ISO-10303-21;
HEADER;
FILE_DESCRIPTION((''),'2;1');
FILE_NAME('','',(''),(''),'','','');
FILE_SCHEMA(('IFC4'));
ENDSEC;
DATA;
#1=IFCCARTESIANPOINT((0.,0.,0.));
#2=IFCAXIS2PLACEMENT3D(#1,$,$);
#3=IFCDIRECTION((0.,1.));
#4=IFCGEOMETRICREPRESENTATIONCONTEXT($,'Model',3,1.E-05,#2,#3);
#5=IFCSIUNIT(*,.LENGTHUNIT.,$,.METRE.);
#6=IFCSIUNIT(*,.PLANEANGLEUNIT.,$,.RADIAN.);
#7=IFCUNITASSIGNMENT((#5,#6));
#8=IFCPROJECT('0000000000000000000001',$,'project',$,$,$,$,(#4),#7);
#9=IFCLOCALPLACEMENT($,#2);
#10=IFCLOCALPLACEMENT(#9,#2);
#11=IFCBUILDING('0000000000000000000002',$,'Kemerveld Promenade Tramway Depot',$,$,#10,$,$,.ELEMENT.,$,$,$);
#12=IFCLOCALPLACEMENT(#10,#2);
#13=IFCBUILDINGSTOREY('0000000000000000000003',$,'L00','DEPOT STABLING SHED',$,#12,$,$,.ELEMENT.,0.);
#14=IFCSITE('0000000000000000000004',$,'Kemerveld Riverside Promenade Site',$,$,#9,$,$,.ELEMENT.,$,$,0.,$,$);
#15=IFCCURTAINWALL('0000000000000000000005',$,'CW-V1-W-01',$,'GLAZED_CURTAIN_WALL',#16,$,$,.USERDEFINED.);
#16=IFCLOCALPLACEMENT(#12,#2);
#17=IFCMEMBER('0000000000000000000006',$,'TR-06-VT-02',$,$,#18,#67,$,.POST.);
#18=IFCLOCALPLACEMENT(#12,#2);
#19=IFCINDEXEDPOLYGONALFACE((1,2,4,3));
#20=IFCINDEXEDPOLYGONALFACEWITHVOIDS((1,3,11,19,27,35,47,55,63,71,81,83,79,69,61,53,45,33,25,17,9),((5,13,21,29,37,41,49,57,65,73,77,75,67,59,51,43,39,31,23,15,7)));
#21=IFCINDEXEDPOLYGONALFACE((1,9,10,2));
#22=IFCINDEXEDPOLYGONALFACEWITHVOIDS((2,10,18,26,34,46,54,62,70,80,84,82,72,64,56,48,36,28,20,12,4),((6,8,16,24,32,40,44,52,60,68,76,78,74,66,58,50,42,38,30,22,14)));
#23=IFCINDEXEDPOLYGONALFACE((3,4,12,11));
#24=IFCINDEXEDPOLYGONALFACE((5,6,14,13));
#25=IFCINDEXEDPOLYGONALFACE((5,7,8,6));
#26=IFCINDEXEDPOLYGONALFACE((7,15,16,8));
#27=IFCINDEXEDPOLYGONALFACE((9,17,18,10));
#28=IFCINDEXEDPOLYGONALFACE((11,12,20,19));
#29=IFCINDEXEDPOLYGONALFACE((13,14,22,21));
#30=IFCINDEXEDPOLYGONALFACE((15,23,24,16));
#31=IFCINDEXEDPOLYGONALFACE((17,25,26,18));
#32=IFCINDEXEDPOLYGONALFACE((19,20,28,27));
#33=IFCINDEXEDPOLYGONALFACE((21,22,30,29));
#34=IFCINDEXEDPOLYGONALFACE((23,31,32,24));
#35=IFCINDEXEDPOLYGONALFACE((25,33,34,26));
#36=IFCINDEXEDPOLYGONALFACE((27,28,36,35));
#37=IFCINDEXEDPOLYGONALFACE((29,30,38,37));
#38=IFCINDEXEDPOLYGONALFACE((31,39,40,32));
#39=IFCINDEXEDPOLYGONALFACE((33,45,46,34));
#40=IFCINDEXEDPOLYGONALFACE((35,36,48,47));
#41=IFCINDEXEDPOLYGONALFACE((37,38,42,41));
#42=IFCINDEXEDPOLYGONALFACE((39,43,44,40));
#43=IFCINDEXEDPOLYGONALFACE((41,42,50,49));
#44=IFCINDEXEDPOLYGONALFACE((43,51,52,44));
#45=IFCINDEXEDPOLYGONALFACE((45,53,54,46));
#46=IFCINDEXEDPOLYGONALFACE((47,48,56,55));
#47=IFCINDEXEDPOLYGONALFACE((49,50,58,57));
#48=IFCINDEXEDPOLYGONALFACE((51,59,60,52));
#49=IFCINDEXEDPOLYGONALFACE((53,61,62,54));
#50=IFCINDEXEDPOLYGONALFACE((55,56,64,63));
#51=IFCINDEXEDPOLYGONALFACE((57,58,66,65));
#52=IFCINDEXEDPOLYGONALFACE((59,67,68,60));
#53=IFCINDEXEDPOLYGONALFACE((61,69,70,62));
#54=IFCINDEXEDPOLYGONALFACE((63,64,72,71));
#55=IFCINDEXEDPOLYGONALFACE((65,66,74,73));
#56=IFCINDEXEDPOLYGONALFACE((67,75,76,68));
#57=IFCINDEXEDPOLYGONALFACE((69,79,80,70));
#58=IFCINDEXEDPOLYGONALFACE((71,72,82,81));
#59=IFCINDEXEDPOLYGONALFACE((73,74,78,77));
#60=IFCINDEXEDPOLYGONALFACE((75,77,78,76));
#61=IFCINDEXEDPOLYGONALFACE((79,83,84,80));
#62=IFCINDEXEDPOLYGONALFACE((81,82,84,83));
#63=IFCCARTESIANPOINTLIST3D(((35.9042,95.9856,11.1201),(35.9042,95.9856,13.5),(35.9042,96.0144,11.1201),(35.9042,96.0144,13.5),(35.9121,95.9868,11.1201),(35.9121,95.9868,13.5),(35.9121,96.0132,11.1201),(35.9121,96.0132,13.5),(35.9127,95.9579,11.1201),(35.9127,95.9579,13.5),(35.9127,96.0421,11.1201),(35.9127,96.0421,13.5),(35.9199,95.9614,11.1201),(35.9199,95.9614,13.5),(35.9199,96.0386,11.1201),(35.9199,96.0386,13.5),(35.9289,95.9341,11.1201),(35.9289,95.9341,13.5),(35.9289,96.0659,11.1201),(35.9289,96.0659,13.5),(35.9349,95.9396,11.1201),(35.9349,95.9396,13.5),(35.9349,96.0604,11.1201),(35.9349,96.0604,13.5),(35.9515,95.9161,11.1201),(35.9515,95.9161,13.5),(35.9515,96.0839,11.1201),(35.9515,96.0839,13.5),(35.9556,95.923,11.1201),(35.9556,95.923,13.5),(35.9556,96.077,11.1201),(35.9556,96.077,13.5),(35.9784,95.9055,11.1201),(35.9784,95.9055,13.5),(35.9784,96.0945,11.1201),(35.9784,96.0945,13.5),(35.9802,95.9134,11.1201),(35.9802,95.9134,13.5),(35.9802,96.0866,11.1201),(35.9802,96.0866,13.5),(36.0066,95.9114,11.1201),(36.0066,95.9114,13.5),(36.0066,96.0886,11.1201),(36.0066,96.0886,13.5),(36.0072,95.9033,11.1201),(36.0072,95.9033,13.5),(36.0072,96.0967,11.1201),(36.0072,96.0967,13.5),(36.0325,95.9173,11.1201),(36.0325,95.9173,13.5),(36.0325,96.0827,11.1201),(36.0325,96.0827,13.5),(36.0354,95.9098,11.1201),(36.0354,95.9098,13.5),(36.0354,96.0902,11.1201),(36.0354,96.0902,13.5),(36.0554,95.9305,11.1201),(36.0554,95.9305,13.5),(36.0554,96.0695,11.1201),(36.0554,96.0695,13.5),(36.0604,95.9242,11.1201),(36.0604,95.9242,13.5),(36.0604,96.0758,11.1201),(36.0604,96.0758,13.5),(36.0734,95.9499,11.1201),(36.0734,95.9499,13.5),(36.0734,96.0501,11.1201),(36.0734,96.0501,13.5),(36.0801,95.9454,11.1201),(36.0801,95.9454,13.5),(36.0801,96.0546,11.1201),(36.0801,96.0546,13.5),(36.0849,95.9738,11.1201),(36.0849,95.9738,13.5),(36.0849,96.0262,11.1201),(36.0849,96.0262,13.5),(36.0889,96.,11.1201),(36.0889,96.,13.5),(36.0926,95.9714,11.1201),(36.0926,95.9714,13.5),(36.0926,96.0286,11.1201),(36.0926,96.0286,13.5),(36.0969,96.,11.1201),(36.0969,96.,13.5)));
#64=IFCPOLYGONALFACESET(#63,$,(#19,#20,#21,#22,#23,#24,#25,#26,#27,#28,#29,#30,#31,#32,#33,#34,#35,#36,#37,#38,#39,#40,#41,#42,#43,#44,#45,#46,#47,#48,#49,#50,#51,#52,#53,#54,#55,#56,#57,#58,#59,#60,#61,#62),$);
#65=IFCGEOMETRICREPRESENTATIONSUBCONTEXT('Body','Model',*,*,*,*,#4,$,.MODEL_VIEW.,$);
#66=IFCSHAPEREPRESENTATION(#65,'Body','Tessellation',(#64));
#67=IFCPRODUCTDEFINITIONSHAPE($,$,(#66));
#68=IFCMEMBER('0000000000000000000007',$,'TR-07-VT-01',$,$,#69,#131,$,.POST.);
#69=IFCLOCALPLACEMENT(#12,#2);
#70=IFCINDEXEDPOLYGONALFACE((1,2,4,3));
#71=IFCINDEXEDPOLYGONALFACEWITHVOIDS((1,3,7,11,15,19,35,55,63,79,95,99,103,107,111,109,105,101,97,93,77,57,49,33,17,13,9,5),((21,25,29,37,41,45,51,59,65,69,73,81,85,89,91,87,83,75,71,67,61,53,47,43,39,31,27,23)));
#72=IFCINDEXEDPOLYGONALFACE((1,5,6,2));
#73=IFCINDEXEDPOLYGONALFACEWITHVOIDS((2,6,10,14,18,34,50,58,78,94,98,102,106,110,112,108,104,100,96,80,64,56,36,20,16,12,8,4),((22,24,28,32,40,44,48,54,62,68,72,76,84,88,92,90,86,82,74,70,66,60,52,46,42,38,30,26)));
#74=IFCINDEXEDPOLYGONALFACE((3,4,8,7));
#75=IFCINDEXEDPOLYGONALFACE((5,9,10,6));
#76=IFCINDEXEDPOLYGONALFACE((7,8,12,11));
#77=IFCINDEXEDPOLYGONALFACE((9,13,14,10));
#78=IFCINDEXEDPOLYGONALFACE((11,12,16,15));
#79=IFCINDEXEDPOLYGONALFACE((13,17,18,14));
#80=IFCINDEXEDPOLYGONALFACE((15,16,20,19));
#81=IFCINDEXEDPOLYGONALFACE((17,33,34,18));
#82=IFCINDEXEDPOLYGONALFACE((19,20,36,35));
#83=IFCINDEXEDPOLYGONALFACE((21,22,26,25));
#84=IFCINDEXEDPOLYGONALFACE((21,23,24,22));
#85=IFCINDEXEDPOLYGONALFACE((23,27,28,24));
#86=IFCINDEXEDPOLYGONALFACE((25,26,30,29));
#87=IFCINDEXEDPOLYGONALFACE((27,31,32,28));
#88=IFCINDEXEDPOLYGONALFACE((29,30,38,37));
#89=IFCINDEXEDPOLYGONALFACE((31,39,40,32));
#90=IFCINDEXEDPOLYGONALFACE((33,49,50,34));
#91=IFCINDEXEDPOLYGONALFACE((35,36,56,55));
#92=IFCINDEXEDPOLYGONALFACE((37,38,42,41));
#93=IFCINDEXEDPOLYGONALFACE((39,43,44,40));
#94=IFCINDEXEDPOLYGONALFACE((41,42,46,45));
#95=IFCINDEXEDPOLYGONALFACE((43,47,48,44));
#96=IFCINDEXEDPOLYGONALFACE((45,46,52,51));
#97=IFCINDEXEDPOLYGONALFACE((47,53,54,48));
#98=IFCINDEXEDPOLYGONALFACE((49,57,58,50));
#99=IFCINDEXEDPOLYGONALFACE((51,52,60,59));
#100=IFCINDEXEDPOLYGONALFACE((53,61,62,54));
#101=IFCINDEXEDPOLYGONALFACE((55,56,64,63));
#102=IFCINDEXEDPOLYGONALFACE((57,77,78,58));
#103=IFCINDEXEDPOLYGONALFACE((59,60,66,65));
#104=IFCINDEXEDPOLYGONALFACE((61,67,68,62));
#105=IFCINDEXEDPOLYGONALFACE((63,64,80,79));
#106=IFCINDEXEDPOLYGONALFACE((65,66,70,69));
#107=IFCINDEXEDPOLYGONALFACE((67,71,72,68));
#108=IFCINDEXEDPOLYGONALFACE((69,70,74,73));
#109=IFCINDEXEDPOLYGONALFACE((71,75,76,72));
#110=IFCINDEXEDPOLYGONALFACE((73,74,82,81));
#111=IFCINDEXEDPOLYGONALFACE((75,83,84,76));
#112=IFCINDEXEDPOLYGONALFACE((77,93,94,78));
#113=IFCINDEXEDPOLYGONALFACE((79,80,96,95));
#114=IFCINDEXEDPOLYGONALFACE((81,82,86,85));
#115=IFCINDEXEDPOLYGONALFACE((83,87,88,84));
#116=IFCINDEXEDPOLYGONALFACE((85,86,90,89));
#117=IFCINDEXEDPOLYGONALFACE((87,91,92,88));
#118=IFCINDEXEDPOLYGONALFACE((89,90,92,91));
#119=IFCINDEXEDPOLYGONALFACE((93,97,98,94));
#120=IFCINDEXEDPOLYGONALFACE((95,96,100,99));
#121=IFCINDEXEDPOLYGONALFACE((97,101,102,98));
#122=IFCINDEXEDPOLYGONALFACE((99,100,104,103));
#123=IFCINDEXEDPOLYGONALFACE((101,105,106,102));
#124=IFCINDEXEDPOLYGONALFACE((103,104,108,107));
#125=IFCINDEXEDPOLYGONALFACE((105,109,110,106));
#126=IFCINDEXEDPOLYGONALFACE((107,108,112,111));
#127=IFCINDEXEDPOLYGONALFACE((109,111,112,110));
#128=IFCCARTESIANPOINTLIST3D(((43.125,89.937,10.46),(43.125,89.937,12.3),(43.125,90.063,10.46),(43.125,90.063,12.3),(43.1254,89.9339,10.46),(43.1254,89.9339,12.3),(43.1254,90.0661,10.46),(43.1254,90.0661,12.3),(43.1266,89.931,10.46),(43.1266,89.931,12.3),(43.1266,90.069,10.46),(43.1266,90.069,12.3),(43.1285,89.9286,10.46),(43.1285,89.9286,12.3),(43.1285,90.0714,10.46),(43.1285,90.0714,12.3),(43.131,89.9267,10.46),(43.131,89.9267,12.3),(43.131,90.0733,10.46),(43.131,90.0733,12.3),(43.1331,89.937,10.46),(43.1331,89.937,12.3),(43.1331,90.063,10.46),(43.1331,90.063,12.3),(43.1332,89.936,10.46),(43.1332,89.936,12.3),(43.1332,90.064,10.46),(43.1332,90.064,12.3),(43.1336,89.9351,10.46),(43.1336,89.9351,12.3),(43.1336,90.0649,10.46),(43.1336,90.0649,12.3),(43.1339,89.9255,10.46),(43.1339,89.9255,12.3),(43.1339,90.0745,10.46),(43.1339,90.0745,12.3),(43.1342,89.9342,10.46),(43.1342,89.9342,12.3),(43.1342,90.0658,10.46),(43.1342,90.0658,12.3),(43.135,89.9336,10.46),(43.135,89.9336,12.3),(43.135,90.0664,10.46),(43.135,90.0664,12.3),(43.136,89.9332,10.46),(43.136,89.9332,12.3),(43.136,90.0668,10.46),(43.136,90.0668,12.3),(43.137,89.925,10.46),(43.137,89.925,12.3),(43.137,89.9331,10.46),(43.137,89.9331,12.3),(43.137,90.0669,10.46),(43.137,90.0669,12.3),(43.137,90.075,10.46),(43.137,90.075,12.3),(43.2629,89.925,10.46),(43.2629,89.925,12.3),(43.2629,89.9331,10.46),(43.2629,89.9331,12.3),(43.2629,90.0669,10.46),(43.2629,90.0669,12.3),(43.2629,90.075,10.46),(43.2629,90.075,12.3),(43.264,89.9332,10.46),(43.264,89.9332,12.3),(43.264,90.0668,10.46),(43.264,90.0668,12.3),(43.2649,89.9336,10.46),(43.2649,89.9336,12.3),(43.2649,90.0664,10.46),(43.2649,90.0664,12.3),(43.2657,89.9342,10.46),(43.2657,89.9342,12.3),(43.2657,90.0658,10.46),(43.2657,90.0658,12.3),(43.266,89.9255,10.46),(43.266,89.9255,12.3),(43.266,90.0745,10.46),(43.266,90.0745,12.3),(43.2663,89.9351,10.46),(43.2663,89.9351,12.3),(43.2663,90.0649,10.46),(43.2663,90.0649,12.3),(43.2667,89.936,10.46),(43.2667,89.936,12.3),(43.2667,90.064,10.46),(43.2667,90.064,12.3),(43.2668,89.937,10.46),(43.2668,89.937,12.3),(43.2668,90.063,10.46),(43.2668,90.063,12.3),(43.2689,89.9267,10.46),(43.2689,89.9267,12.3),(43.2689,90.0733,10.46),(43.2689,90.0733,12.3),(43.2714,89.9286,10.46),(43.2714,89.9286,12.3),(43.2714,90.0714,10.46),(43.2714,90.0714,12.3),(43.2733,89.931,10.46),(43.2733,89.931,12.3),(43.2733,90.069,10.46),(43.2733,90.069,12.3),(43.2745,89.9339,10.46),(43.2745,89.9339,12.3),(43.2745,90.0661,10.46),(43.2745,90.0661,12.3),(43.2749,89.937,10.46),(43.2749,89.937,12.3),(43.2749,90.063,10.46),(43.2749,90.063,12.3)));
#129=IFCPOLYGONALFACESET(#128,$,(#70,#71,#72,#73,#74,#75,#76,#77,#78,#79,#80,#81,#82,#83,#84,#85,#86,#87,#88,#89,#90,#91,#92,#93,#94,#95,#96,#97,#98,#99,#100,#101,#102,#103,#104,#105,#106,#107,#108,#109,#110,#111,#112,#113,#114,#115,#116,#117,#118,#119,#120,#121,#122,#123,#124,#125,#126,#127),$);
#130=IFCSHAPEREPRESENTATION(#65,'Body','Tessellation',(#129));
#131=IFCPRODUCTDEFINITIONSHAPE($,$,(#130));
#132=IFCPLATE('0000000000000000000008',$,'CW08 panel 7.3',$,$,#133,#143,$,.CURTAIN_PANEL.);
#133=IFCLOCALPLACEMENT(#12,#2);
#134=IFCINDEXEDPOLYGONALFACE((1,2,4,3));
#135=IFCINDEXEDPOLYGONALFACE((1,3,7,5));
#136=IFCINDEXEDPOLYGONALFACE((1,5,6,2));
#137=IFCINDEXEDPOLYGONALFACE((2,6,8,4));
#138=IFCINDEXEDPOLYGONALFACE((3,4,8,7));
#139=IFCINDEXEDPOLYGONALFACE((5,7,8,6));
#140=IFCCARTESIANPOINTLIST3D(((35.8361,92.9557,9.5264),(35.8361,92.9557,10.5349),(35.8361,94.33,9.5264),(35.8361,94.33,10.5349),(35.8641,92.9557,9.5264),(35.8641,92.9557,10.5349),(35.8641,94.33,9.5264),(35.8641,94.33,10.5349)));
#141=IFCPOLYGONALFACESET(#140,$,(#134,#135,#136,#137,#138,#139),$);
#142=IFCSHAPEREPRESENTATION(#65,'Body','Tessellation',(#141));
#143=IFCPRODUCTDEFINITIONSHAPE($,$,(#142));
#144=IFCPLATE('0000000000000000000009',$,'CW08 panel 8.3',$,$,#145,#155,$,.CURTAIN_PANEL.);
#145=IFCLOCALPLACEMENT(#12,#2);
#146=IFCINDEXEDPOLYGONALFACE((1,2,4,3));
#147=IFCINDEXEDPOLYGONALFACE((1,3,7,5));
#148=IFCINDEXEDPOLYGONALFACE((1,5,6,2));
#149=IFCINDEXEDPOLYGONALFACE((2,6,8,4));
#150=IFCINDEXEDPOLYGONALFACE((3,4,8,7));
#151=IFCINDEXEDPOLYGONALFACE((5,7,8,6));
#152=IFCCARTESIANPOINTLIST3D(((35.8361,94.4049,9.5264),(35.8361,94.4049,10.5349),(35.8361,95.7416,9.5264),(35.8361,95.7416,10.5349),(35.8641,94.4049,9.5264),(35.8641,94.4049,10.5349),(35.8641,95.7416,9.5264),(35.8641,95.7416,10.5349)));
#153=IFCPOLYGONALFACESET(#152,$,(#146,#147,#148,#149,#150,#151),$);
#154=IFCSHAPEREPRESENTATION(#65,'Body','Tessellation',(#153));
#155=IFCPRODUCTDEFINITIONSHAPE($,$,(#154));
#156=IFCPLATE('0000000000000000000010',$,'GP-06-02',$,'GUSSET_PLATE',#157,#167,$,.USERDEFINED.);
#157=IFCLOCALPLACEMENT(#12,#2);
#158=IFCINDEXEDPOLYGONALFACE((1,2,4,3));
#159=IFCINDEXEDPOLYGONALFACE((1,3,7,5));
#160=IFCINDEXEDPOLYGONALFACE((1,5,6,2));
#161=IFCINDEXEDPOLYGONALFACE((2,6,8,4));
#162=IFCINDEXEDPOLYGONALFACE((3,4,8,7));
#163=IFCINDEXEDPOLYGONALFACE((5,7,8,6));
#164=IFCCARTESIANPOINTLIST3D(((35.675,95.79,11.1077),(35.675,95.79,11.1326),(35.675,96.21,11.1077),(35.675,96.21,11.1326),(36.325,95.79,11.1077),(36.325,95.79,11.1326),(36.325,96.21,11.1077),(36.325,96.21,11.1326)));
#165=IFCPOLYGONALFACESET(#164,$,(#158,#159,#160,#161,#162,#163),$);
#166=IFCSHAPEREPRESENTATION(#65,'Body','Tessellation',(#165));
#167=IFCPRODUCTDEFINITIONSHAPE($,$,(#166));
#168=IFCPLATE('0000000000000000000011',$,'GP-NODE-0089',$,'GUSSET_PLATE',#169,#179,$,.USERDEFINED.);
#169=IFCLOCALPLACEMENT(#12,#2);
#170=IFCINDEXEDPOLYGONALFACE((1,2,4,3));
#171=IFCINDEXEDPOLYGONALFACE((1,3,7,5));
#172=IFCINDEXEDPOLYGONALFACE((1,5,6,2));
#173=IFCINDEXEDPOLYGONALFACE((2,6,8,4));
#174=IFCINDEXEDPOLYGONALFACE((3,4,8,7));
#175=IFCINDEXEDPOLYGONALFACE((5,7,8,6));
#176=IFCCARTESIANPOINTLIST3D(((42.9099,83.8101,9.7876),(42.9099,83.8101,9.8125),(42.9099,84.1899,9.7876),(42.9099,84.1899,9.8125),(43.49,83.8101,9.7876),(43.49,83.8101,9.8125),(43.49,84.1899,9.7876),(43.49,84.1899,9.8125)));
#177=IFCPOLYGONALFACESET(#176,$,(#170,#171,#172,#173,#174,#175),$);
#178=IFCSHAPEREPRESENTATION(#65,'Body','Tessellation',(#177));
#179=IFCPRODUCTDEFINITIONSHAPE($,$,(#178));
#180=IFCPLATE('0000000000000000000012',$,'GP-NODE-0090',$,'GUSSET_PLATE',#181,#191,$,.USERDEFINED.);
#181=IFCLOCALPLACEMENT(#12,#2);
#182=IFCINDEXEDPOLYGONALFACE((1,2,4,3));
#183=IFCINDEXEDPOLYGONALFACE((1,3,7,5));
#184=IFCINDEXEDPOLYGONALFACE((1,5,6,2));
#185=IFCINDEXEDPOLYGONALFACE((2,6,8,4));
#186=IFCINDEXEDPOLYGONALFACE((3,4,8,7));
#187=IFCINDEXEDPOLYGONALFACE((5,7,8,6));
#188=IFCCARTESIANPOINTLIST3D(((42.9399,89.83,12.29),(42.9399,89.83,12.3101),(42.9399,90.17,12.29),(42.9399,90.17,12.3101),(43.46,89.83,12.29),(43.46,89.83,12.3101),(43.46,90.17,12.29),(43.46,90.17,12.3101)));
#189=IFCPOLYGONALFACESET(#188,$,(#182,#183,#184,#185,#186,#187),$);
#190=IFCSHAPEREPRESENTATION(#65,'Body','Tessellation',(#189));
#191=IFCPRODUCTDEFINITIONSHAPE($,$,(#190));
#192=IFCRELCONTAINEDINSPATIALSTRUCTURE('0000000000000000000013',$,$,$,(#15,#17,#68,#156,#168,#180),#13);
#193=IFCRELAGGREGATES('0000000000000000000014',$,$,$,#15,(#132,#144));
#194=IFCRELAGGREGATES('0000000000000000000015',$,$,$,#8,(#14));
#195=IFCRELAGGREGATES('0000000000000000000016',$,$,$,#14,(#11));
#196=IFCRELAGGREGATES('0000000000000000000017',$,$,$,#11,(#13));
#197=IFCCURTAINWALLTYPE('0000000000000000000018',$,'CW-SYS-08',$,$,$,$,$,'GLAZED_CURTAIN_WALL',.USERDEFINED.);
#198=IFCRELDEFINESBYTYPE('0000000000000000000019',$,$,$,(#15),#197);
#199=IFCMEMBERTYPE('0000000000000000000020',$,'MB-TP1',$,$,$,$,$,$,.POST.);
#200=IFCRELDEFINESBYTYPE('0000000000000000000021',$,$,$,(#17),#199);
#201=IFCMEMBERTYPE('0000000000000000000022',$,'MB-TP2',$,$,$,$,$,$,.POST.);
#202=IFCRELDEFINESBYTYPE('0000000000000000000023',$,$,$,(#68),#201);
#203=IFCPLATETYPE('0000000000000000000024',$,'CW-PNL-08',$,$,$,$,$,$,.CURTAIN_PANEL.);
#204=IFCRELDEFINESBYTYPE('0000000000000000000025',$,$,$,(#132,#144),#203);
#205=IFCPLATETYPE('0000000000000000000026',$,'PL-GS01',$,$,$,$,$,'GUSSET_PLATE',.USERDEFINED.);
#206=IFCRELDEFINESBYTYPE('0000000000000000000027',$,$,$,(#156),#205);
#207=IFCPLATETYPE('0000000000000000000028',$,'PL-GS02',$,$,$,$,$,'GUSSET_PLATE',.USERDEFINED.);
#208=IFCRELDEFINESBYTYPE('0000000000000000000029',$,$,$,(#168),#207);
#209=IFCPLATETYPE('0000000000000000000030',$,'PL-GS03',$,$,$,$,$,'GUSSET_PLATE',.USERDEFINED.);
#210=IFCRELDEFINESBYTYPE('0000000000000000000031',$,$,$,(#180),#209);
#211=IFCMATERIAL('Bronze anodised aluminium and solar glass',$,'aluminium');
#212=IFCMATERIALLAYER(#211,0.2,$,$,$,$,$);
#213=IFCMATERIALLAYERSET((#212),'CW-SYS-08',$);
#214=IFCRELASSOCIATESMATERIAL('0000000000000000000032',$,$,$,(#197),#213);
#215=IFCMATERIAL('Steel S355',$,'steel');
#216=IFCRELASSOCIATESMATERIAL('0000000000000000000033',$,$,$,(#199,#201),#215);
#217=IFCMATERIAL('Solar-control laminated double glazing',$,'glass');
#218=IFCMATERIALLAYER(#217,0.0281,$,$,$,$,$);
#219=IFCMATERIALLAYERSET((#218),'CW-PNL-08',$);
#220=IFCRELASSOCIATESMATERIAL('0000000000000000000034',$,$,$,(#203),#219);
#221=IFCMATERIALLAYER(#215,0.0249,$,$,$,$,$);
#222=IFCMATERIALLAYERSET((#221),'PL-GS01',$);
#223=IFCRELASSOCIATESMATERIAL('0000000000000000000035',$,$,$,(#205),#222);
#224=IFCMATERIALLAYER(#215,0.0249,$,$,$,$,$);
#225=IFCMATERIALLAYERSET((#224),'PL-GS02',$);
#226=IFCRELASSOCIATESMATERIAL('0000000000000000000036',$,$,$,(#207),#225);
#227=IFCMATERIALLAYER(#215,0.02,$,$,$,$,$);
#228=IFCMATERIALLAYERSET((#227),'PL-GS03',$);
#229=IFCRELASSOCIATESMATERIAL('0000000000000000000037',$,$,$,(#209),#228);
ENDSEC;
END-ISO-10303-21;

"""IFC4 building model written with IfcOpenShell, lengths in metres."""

from ifc_helpers import new_model, si_unit, direction, frame, origin, origin_2d, place, context, subcontext, project, spatial, rectangle, hollow_rectangle, hollow_circle, extrude, material, layer, layer_set, material_profile, profile_set, type_object, element, aggregate, save


model = new_model("IFC4")

# Units and contexts
model_context = context("Model", 3, precision=1e-05, world=origin(), true_north=direction((0.0, 1.0)))
body_context = subcontext(model_context, "Body", "Model", "MODEL_VIEW")
ifc_project = project(units=[si_unit("LENGTHUNIT", "METRE"), si_unit("PLANEANGLEUNIT", "RADIAN")], contexts=[model_context])

# Site, building, storey
site_placement = place(None, origin())
site = spatial("IfcSite", under=ifc_project, at=site_placement, Name="Kemerveld Riverside Promenade Site", CompositionType="ELEMENT", RefElevation=0.0)
building_placement = place(site_placement, origin())
building = spatial("IfcBuilding", under=site, at=building_placement, Name="Kemerveld Promenade Tramway Depot", CompositionType="ELEMENT")
storey_placement = place(building_placement, origin())
storey = spatial("IfcBuildingStorey", under=building, at=storey_placement, Name="L00", Description="DEPOT STABLING SHED", CompositionType="ELEMENT", Elevation=0.0)

# Shared definitions
ifc_material_1 = material(Name="Steel S355", Category="steel")

# Curtain wall
ifc_material_2 = material(Name="Bronze anodised aluminium and solar glass", Category="aluminium")
ifc_layer_1 = layer(ifc_material_2, 0.2)
ifc_layer_set_1 = layer_set([ifc_layer_1], Name="CW-SYS-08")
curtain_wall_type_1 = type_object("IfcCurtainWallType", Name="CW-SYS-08", ElementType="GLAZED_CURTAIN_WALL", PredefinedType="USERDEFINED", material=ifc_layer_set_1)
curtain_wall_1_placement = place(storey_placement, origin())
curtain_wall_1 = element("IfcCurtainWall", 1, at=curtain_wall_1_placement, inside=storey, type_object=curtain_wall_type_1, Name="CW-V1-W-01", ObjectType="GLAZED_CURTAIN_WALL", PredefinedType="USERDEFINED")

# Members
ifc_material_profile_1 = material_profile(ifc_material_1, hollow_circle(Radius=0.0969, WallThickness=0.0081, at=origin_2d()), Name="193.7x8.0 CHS")
ifc_profile_set_1 = profile_set([ifc_material_profile_1], Name="Steel S355")
member_type_1 = type_object("IfcMemberType", Name="MB-TP1", PredefinedType="POST", material=ifc_profile_set_1)
member_1_placement = place(storey_placement, frame((36.0, 96.0, 11.1201), z_axis=(0.0, 0.0, 1.0), x_axis=(1.0, 0.0, 0.0)))
element("IfcMember", 2, at=member_1_placement, inside=storey, type_object=member_type_1, Name="TR-06-VT-02", PredefinedType="POST", context=body_context, shape_type="SweptSolid", body=[
    extrude(hollow_circle(Radius=0.0969, WallThickness=0.0081, at=origin_2d()), origin(), (0.0, 0.0, 1.0), 2.3799),
])
ifc_material_profile_2 = material_profile(ifc_material_1, hollow_rectangle(XDim=0.1499, YDim=0.1499, WallThickness=0.0081, InnerFilletRadius=0.0039, OuterFilletRadius=0.012, at=origin_2d()), Name="150x150x8.0 SHS")
ifc_profile_set_2 = profile_set([ifc_material_profile_2], Name="Steel S355")
member_type_2 = type_object("IfcMemberType", Name="MB-TP2", PredefinedType="POST", material=ifc_profile_set_2)
member_2_placement = place(storey_placement, frame((43.2, 90.0, 10.46), z_axis=(0.0, 0.0, 1.0), x_axis=(1.0, 0.0, 0.0)))
element("IfcMember", 3, at=member_2_placement, inside=storey, type_object=member_type_2, Name="TR-07-VT-01", PredefinedType="POST", context=body_context, shape_type="SweptSolid", body=[
    extrude(hollow_rectangle(XDim=0.1499, YDim=0.1499, WallThickness=0.0081, InnerFilletRadius=0.0039, OuterFilletRadius=0.012, at=origin_2d()), origin(), (0.0, 0.0, 1.0), 1.8401),
])

# Plates
ifc_material_3 = material(Name="Solar-control laminated double glazing", Category="glass")
ifc_layer_2 = layer(ifc_material_3, 0.0281)
ifc_layer_set_2 = layer_set([ifc_layer_2], Name="CW-PNL-08")
plate_type_1 = type_object("IfcPlateType", Name="CW-PNL-08", PredefinedType="CURTAIN_PANEL", material=ifc_layer_set_2)
plate_1_placement = place(storey_placement, frame((35.8501, 93.6428, 9.5264), z_axis=(0.0, 0.0, 1.0), x_axis=(0.0, 1.0, 0.0)))
plate_1 = element("IfcPlate", 4, at=plate_1_placement, type_object=plate_type_1, Name="CW08 panel 7.3", PredefinedType="CURTAIN_PANEL", context=body_context, shape_type="SweptSolid", body=[
    extrude(rectangle(XDim=1.3743, YDim=0.0281, at=origin_2d()), origin(), (0.0, 0.0, 1.0), 1.0085),
])
plate_2_placement = place(storey_placement, frame((35.8501, 95.0732, 9.5264), z_axis=(0.0, 0.0, 1.0), x_axis=(0.0, 1.0, 0.0)))
plate_2 = element("IfcPlate", 5, at=plate_2_placement, type_object=plate_type_1, Name="CW08 panel 8.3", PredefinedType="CURTAIN_PANEL", context=body_context, shape_type="SweptSolid", body=[
    extrude(rectangle(XDim=1.3367, YDim=0.0281, at=origin_2d()), origin(), (0.0, 0.0, 1.0), 1.0085),
])
aggregate(curtain_wall_1, [plate_1, plate_2])

# Plates
ifc_layer_3 = layer(ifc_material_1, 0.0249)
ifc_layer_set_3 = layer_set([ifc_layer_3], Name="PL-GS01")
plate_type_2 = type_object("IfcPlateType", Name="PL-GS01", ElementType="GUSSET_PLATE", PredefinedType="USERDEFINED", material=ifc_layer_set_3)
plate_3_placement = place(storey_placement, frame((36.0, 96.0, 11.1077), z_axis=(0.0, 0.0, 1.0), x_axis=(1.0, 0.0, 0.0)))
element("IfcPlate", 6, at=plate_3_placement, inside=storey, type_object=plate_type_2, Name="GP-06-02", ObjectType="GUSSET_PLATE", PredefinedType="USERDEFINED", context=body_context, shape_type="SweptSolid", body=[
    extrude(rectangle(XDim=0.6499, YDim=0.4199, at=origin_2d()), origin(), (0.0, 0.0, 1.0), 0.0249),
])
ifc_layer_4 = layer(ifc_material_1, 0.0249)
ifc_layer_set_4 = layer_set([ifc_layer_4], Name="PL-GS02")
plate_type_3 = type_object("IfcPlateType", Name="PL-GS02", ElementType="GUSSET_PLATE", PredefinedType="USERDEFINED", material=ifc_layer_set_4)
plate_4_placement = place(storey_placement, frame((43.2, 84.0, 9.7876), z_axis=(0.0, 0.0, 1.0), x_axis=(1.0, 0.0, 0.0)))
element("IfcPlate", 7, at=plate_4_placement, inside=storey, type_object=plate_type_3, Name="GP-NODE-0089", ObjectType="GUSSET_PLATE", PredefinedType="USERDEFINED", context=body_context, shape_type="SweptSolid", body=[
    extrude(rectangle(XDim=0.5801, YDim=0.3799, at=origin_2d()), origin(), (0.0, 0.0, 1.0), 0.0249),
])
ifc_layer_5 = layer(ifc_material_1, 0.02)
ifc_layer_set_5 = layer_set([ifc_layer_5], Name="PL-GS03")
plate_type_4 = type_object("IfcPlateType", Name="PL-GS03", ElementType="GUSSET_PLATE", PredefinedType="USERDEFINED", material=ifc_layer_set_5)
plate_5_placement = place(storey_placement, frame((43.2, 90.0, 12.29), z_axis=(0.0, 0.0, 1.0), x_axis=(1.0, 0.0, 0.0)))
element("IfcPlate", 8, at=plate_5_placement, inside=storey, type_object=plate_type_4, Name="GP-NODE-0090", ObjectType="GUSSET_PLATE", PredefinedType="USERDEFINED", context=body_context, shape_type="SweptSolid", body=[
    extrude(rectangle(XDim=0.52, YDim=0.3401, at=origin_2d()), origin(), (0.0, 0.0, 1.0), 0.02),
])

save(model, "model.ifc")
